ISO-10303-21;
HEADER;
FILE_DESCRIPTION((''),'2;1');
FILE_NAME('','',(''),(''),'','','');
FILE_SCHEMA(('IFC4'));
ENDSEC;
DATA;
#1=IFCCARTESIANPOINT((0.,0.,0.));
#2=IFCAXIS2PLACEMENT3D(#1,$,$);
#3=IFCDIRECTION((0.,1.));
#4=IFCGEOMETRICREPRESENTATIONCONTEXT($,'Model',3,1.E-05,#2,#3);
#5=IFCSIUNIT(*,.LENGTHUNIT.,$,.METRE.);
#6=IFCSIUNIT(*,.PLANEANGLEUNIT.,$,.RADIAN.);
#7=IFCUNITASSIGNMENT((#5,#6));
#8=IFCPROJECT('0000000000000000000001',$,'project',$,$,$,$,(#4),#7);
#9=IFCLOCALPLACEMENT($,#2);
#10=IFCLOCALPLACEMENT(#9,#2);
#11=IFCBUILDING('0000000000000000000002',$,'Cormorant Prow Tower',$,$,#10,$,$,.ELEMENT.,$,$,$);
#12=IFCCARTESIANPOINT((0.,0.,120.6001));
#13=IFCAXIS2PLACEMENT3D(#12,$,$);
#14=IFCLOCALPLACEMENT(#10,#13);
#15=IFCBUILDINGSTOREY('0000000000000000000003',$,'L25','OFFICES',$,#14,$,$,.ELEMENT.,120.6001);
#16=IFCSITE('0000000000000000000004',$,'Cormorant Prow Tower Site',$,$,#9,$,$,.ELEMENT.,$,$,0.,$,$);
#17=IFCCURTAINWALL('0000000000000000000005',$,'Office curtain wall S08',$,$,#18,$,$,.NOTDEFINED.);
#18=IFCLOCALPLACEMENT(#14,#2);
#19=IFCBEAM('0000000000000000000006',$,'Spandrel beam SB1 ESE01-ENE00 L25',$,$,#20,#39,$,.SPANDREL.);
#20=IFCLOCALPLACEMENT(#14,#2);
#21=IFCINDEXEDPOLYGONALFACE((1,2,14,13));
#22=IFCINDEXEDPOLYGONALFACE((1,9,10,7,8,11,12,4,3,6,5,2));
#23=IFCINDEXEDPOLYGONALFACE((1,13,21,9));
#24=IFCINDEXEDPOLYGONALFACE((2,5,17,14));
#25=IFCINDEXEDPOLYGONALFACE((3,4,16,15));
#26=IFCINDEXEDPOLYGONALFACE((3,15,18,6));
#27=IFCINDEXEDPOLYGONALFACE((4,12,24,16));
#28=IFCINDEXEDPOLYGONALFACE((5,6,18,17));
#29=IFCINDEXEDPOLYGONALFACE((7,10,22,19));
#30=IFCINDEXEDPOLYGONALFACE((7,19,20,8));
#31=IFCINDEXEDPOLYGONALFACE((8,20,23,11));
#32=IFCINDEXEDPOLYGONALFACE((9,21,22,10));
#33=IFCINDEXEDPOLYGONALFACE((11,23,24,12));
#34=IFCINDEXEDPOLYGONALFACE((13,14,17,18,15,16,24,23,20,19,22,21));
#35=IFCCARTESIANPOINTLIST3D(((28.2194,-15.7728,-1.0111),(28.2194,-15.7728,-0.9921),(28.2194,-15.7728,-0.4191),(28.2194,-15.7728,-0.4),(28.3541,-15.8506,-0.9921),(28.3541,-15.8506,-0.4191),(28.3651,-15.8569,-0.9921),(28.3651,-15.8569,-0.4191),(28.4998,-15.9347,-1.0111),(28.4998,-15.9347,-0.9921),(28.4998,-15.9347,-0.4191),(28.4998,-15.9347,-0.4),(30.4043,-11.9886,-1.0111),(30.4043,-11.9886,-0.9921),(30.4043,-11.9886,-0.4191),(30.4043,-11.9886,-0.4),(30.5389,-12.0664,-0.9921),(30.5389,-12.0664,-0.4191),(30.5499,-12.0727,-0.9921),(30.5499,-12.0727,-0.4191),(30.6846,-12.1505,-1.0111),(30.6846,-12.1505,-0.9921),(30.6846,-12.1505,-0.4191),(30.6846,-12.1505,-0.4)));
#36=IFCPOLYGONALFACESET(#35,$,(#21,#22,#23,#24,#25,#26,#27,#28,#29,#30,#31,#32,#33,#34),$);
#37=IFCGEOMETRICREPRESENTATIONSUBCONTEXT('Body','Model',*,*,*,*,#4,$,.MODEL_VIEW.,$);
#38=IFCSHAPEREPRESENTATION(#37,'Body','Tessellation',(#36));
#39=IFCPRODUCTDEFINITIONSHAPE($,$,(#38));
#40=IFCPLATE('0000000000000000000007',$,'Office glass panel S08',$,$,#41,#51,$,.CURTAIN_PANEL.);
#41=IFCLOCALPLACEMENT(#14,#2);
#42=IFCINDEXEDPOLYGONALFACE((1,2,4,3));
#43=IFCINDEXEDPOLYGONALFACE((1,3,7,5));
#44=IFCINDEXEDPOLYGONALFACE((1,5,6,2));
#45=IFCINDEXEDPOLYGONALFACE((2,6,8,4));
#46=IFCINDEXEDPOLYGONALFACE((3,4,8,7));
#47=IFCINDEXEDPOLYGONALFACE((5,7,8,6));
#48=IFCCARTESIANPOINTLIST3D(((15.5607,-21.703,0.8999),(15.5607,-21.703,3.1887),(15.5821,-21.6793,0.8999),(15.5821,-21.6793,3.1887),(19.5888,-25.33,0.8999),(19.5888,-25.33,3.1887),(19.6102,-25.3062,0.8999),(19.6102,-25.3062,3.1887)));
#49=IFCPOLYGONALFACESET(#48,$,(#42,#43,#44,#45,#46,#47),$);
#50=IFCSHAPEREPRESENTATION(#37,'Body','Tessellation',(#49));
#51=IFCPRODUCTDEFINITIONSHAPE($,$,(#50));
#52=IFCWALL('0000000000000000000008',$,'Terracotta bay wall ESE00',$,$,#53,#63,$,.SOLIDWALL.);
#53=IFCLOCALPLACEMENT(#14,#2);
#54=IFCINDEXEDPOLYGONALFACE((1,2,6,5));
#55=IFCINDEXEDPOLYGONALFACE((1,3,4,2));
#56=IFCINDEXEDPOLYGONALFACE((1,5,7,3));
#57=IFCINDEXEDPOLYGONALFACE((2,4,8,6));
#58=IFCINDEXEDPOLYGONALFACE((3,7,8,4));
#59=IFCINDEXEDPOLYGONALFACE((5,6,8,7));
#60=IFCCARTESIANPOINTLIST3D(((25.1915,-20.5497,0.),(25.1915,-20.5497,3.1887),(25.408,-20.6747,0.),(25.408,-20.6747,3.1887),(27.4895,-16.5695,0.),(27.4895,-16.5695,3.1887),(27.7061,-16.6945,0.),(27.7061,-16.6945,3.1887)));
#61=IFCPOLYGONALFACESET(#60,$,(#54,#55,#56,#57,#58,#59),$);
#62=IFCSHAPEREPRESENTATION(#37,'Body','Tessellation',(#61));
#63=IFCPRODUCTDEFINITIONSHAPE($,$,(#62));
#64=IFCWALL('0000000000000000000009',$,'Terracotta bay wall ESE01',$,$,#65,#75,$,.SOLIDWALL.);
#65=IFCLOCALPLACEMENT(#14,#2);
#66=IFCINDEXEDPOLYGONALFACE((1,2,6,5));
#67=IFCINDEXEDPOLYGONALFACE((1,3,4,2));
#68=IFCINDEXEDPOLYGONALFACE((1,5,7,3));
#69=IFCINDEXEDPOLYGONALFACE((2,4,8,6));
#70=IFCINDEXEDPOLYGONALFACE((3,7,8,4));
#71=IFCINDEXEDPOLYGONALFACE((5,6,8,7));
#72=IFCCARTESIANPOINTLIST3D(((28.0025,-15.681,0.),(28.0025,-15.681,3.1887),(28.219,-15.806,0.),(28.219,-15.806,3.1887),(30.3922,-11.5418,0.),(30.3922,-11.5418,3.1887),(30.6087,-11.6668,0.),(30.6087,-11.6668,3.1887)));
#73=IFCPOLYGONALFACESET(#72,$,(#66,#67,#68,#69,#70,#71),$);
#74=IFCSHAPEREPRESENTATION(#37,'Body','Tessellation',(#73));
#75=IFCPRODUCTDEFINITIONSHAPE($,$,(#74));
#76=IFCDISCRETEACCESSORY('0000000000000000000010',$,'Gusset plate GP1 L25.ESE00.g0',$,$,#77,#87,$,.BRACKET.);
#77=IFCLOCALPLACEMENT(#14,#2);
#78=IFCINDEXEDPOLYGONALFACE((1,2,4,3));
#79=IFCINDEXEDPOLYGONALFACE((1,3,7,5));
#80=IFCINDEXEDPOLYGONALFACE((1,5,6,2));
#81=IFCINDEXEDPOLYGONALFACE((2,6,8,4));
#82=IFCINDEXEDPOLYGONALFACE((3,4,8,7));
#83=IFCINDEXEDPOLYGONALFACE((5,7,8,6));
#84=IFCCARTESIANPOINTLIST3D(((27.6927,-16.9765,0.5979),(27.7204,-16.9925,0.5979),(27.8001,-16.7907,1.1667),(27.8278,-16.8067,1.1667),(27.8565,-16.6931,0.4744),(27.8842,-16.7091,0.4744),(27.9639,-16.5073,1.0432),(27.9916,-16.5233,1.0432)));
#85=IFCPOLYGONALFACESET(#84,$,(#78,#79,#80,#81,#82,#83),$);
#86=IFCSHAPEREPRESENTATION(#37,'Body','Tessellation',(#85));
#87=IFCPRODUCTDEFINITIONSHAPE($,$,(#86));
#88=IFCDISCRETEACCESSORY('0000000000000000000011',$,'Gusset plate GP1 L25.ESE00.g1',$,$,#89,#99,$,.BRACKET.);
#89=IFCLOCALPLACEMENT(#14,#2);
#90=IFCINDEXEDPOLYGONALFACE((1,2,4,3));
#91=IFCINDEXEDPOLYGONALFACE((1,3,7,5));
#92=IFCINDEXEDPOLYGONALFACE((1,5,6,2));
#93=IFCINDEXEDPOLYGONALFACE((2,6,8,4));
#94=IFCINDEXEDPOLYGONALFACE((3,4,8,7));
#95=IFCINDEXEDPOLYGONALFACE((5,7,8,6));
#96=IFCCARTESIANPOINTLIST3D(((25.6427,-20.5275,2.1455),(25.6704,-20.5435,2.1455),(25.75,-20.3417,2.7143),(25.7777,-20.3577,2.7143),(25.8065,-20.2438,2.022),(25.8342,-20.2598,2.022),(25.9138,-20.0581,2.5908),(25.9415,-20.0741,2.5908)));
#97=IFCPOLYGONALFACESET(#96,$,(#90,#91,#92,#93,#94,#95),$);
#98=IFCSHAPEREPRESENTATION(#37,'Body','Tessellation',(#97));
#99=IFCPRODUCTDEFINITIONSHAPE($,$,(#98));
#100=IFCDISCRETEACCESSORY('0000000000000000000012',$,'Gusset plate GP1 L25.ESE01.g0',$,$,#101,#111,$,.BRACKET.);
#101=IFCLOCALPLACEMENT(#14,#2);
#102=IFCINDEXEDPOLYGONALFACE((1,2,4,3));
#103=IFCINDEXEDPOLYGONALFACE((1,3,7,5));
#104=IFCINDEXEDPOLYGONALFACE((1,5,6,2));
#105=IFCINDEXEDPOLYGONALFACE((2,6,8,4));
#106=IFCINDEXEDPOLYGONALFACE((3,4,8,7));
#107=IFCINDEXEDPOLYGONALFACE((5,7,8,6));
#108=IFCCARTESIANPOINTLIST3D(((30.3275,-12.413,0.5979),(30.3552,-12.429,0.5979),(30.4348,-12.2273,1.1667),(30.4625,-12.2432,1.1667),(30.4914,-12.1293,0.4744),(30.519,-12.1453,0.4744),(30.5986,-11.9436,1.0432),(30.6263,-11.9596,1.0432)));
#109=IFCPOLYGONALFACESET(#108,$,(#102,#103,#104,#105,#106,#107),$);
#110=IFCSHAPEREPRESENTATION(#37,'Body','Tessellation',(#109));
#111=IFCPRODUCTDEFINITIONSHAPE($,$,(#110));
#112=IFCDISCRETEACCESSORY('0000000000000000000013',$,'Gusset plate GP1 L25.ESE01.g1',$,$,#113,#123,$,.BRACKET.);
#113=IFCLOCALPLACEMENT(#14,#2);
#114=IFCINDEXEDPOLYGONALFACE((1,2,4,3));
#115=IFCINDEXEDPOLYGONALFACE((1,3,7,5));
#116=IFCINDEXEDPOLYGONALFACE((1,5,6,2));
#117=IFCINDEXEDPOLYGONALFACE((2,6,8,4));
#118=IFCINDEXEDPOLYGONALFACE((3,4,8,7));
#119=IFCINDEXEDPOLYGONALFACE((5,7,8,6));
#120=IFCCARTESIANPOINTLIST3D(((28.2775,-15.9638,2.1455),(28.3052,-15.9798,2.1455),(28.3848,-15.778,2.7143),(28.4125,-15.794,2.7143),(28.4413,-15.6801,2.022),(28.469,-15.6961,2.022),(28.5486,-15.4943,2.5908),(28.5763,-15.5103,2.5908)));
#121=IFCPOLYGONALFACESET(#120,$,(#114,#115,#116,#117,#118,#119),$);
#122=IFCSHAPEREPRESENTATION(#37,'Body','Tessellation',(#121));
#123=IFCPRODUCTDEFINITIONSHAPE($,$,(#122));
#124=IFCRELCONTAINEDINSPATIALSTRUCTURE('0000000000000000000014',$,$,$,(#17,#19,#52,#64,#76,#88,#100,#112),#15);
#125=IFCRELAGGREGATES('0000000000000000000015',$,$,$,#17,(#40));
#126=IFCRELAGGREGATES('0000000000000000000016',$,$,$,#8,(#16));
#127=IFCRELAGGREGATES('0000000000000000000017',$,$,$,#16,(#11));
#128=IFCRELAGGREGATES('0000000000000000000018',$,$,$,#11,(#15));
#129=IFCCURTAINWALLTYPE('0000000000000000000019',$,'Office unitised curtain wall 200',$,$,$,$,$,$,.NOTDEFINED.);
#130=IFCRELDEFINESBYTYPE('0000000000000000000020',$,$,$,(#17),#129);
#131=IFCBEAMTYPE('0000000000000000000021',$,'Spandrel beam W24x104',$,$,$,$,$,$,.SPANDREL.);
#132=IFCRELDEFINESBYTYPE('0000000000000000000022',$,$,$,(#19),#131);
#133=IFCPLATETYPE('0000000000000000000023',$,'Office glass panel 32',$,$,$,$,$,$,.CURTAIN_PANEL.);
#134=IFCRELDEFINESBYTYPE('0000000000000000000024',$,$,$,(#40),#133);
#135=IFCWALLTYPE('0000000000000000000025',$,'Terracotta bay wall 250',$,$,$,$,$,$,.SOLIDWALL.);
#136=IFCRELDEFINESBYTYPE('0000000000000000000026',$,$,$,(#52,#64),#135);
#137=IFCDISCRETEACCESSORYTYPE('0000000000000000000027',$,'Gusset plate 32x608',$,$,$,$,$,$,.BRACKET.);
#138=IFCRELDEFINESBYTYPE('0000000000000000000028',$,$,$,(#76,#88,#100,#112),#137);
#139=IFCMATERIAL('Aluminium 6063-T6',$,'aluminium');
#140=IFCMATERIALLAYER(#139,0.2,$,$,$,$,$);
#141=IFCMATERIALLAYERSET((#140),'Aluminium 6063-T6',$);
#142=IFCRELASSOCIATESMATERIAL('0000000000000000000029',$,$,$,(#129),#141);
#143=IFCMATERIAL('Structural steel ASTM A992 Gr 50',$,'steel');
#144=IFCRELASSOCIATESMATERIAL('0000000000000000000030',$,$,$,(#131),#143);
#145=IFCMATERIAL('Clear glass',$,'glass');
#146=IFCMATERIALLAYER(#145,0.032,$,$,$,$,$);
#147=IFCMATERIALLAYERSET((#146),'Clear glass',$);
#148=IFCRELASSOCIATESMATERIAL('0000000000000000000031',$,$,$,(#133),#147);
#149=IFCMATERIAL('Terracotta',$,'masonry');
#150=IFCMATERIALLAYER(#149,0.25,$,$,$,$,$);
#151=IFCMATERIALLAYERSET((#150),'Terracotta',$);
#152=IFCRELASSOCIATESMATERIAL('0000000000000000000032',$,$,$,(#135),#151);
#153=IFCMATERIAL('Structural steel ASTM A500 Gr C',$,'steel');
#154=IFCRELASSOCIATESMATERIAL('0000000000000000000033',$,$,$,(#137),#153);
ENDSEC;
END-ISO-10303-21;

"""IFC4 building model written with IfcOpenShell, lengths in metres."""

from ifc_helpers import new_model, si_unit, direction, frame, frame_2d, origin, origin_2d, place, context, subcontext, project, spatial, rectangle, i_section, extrude, material, layer, layer_set, material_profile, profile_set, type_object, element, aggregate, save


model = new_model("IFC4")

# Units and contexts
model_context = context("Model", 3, precision=1e-05, world=origin(), true_north=direction((0.0, 1.0)))
body_context = subcontext(model_context, "Body", "Model", "MODEL_VIEW")
ifc_project = project(units=[si_unit("LENGTHUNIT", "METRE"), si_unit("PLANEANGLEUNIT", "RADIAN")], contexts=[model_context])

# Site, building, storey
site_placement = place(None, origin())
site = spatial("IfcSite", under=ifc_project, at=site_placement, Name="Cormorant Prow Tower Site", CompositionType="ELEMENT", RefElevation=0.0)
building_placement = place(site_placement, origin())
building = spatial("IfcBuilding", under=site, at=building_placement, Name="Cormorant Prow Tower", CompositionType="ELEMENT")
storey_placement = place(building_placement, frame((0.0, 0.0, 120.6001)))
storey = spatial("IfcBuildingStorey", under=building, at=storey_placement, Name="L25", Description="OFFICES", CompositionType="ELEMENT", Elevation=120.6001)

# Curtain wall
ifc_material_1 = material(Name="Aluminium 6063-T6", Category="aluminium")
ifc_layer_1 = layer(ifc_material_1, 0.2)
ifc_layer_set_1 = layer_set([ifc_layer_1], Name="Aluminium 6063-T6")
curtain_wall_type = type_object("IfcCurtainWallType", Name="Office unitised curtain wall 200", PredefinedType="NOTDEFINED", material=ifc_layer_set_1)
curtain_wall_placement = place(storey_placement, origin())
curtain_wall = element("IfcCurtainWall", 1, at=curtain_wall_placement, inside=storey, type_object=curtain_wall_type, Name="Office curtain wall S08", PredefinedType="NOTDEFINED")

# Beam
ifc_material_2 = material(Name="Structural steel ASTM A992 Gr 50", Category="steel")
ifc_material_profile_1 = material_profile(ifc_material_2, i_section(OverallWidth=0.3237, OverallDepth=0.6111, WebThickness=0.0127, FlangeThickness=0.019, at=origin_2d()), Name="W24x104")
ifc_profile_set_1 = profile_set([ifc_material_profile_1], Name="Structural steel ASTM A992 Gr 50")
beam_type_1 = type_object("IfcBeamType", Name="Spandrel beam W24x104", PredefinedType="SPANDREL", material=ifc_profile_set_1)
for number, where, z_axis, x_axis, name in (
    (2, (28.3596, -15.8538, -0.7056), (0.500003, 0.866024, 0.0), (-0.866024, 0.500003, 0.0), "Spandrel beam SB1 ESE01-ENE00 L25"),
):
    element("IfcBeam", number, at=place(storey_placement, frame(where, z_axis=z_axis, x_axis=x_axis)), inside=storey, type_object=beam_type_1, Name=name, PredefinedType="SPANDREL", context=body_context, shape_type="SweptSolid", body=[
        extrude(i_section(OverallWidth=0.3237, OverallDepth=0.6111, WebThickness=0.0127, FlangeThickness=0.019, at=origin_2d()), origin(), (0.0, 0.0, 1.0), 4.3696),
    ])

# Plate
ifc_material_3 = material(Name="Clear glass", Category="glass")
ifc_layer_2 = layer(ifc_material_3, 0.032)
ifc_layer_set_2 = layer_set([ifc_layer_2], Name="Clear glass")
plate_type = type_object("IfcPlateType", Name="Office glass panel 32", PredefinedType="CURTAIN_PANEL", material=ifc_layer_set_2)
plate_placement = place(storey_placement, frame((17.5854, -23.5046, 0.8999), z_axis=(0.0, 0.0, 1.0), x_axis=(0.743145, -0.669131, 0.0)))
plate = element("IfcPlate", 3, at=plate_placement, type_object=plate_type, Name="Office glass panel S08", PredefinedType="CURTAIN_PANEL", context=body_context, shape_type="SweptSolid", body=[
    extrude(rectangle(XDim=5.4204, YDim=0.032, at=origin_2d()), origin(), (0.0, 0.0, 1.0), 2.2888),
])
aggregate(curtain_wall, [plate])

# Walls
ifc_material_4 = material(Name="Terracotta", Category="masonry")
ifc_layer_3 = layer(ifc_material_4, 0.25)
ifc_layer_set_3 = layer_set([ifc_layer_3], Name="Terracotta")
wall_type_1 = type_object("IfcWallType", Name="Terracotta bay wall 250", PredefinedType="SOLIDWALL", material=ifc_layer_set_3)
wall_1_placement = place(storey_placement, frame((25.2998, -20.6121, 0.0), z_axis=(0.0, 0.0, 1.0), x_axis=(0.500018, 0.866015, 0.0)))
element("IfcWall", 4, at=wall_1_placement, inside=storey, type_object=wall_type_1, Name="Terracotta bay wall ESE00", PredefinedType="SOLIDWALL", context=body_context, shape_type="SweptSolid", body=[
    extrude(rectangle(XDim=4.5959, YDim=0.25, at=frame_2d((2.2979, 0.0))), origin(), (0.0, 0.0, 1.0), 3.1887),
])
wall_2_placement = place(storey_placement, frame((28.1108, -15.7434, 0.0), z_axis=(0.0, 0.0, 1.0), x_axis=(0.499985, 0.866034, 0.0)))
element("IfcWall", 5, at=wall_2_placement, inside=storey, type_object=wall_type_1, Name="Terracotta bay wall ESE01", PredefinedType="SOLIDWALL", context=body_context, shape_type="SweptSolid", body=[
    extrude(rectangle(XDim=4.7795, YDim=0.25, at=frame_2d((2.3896, 0.0))), origin(), (0.0, 0.0, 1.0), 3.1887),
])

# Discrete accessories
ifc_material_5 = material(Name="Structural steel ASTM A500 Gr C", Category="steel")
ifc_material_profile_2 = material_profile(ifc_material_5, rectangle(XDim=0.032, YDim=0.6079, at=origin_2d()), Name="Gusset plate 32x608")
ifc_profile_set_2 = profile_set([ifc_material_profile_2], Name="Structural steel ASTM A500 Gr C")
discrete_accessory_type = type_object("IfcDiscreteAccessoryType", Name="Gusset plate 32x608", PredefinedType="BRACKET", material=ifc_profile_set_2)
discrete_accessory_placement = place(storey_placement, frame((27.7603, -16.8916, 0.8823), z_axis=(0.468168, 0.810049, -0.353044), x_axis=(-0.8658, 0.500389, 0.0)))
element("IfcDiscreteAccessory", 6, at=discrete_accessory_placement, inside=storey, type_object=discrete_accessory_type, Name="Gusset plate GP1 L25.ESE00.g0", PredefinedType="BRACKET", context=body_context, shape_type="SweptSolid", body=[
    extrude(rectangle(XDim=0.032, YDim=0.6079, at=origin_2d()), origin(), (0.0, 0.0, 1.0), 0.3499),
])
for number, where, z_axis, x_axis, name in (
    (7, (25.874, -20.1589, 2.3064), (-0.467903, -0.810288, 0.352845), (0.865987, -0.500067, 0.0), "Gusset plate GP1 L25.ESE00.g1"),
    (8, (30.395, -12.3281, 0.8823), (0.467903, 0.810288, -0.352845), (-0.865987, 0.500067, 0.0), "Gusset plate GP1 L25.ESE01.g0"),
    (9, (28.5088, -15.5952, 2.3064), (-0.467903, -0.810288, 0.352845), (0.865987, -0.500067, 0.0), "Gusset plate GP1 L25.ESE01.g1"),
):
    element("IfcDiscreteAccessory", number, at=place(storey_placement, frame(where, z_axis=z_axis, x_axis=x_axis)), inside=storey, type_object=discrete_accessory_type, Name=name, PredefinedType="BRACKET", context=body_context, shape_type="SweptSolid", body=[
        extrude(rectangle(XDim=0.032, YDim=0.6079, at=origin_2d()), origin(), (0.0, 0.0, 1.0), 0.3501),
    ])

save(model, "model.ifc")
